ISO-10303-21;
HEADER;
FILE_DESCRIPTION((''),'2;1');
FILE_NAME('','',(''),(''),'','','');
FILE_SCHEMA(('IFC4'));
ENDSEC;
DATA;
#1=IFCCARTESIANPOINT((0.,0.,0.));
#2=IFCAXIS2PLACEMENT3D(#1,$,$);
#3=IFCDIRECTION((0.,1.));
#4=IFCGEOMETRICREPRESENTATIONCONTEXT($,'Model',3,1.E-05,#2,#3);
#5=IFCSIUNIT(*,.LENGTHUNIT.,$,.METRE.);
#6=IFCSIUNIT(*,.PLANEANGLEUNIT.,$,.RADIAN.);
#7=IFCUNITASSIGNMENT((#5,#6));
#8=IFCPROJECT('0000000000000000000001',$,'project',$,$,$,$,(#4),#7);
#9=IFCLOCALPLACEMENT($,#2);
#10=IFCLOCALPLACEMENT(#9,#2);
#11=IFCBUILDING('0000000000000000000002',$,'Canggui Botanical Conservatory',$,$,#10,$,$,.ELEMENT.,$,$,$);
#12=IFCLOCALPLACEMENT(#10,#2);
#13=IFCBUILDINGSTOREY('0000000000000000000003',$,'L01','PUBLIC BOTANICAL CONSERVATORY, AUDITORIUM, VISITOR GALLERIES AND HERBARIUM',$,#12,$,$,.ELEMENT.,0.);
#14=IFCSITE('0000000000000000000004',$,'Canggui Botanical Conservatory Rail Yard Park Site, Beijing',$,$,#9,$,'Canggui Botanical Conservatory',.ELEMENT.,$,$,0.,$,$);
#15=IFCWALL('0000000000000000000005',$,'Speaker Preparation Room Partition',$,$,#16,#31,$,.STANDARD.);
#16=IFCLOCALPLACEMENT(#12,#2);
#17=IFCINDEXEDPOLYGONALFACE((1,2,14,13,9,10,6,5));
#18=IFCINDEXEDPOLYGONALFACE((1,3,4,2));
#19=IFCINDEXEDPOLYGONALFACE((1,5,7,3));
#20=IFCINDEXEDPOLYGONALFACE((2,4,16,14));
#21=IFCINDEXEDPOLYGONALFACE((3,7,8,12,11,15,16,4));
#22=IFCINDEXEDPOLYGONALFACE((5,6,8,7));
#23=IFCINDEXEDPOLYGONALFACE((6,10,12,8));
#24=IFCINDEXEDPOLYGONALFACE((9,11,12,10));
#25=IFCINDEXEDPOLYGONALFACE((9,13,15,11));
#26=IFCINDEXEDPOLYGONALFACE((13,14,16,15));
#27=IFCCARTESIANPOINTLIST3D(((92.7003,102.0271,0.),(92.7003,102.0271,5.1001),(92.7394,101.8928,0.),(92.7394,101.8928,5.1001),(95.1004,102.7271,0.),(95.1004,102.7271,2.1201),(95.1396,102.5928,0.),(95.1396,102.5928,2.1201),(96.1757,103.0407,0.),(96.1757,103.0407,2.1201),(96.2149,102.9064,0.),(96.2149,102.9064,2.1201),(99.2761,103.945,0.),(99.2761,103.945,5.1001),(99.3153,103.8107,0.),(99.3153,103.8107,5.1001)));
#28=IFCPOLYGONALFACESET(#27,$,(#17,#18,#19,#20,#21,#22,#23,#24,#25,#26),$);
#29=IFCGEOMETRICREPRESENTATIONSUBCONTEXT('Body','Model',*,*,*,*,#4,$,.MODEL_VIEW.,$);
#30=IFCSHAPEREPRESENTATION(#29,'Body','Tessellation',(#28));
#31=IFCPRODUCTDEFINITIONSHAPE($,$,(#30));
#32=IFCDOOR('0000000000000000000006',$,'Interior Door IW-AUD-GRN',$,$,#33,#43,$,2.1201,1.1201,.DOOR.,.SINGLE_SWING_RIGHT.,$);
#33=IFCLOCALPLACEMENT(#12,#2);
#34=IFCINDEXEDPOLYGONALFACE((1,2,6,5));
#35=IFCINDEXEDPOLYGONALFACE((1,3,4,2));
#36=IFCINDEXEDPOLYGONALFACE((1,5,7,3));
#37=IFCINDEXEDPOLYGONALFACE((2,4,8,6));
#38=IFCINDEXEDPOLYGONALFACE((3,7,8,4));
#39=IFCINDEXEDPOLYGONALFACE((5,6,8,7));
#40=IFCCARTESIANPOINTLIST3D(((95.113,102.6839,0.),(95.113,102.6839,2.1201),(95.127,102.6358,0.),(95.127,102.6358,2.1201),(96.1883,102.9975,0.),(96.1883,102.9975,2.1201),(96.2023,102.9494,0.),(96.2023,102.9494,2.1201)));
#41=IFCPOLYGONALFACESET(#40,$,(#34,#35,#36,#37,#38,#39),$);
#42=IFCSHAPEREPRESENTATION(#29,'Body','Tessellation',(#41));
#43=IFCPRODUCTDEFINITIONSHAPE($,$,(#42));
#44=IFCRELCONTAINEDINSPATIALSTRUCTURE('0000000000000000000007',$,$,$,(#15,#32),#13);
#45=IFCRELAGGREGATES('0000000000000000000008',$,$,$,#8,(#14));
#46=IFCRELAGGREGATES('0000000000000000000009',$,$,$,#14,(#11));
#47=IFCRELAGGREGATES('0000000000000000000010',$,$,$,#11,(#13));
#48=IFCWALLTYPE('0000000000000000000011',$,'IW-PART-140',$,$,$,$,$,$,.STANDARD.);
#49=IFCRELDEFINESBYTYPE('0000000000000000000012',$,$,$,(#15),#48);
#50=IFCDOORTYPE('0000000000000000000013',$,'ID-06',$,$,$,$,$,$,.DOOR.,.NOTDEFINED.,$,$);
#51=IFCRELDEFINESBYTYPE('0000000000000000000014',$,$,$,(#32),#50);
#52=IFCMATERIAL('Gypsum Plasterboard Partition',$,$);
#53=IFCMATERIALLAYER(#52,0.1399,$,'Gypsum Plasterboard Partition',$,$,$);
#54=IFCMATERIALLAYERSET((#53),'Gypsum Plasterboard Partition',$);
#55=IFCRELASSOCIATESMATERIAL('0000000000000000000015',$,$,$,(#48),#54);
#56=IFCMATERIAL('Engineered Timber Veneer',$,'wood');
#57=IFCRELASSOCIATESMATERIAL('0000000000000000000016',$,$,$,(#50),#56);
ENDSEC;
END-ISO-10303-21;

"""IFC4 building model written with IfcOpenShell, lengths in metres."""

from ifc_helpers import new_model, si_unit, direction, frame, frame_2d, origin, place, context, subcontext, project, spatial, rectangle, extrude, material, layer, layer_set, type_object, element, fill, save


model = new_model("IFC4")

# Units and contexts
model_context = context("Model", 3, precision=1e-05, world=origin(), true_north=direction((0.0, 1.0)))
body_context = subcontext(model_context, "Body", "Model", "MODEL_VIEW")
ifc_project = project(units=[si_unit("LENGTHUNIT", "METRE"), si_unit("PLANEANGLEUNIT", "RADIAN")], contexts=[model_context])

# Site, building, storey
site_placement = place(None, origin())
site = spatial("IfcSite", under=ifc_project, at=site_placement, Name="Canggui Botanical Conservatory Rail Yard Park Site, Beijing", LongName="Canggui Botanical Conservatory", CompositionType="ELEMENT", RefElevation=0.0)
building_placement = place(site_placement, origin())
building = spatial("IfcBuilding", under=site, at=building_placement, Name="Canggui Botanical Conservatory", CompositionType="ELEMENT")
storey_placement = place(building_placement, origin())
storey = spatial("IfcBuildingStorey", under=building, at=storey_placement, Name="L01", Description="PUBLIC BOTANICAL CONSERVATORY, AUDITORIUM, VISITOR GALLERIES AND HERBARIUM", CompositionType="ELEMENT", Elevation=0.0)

# Wall, opening, door
ifc_material_1 = material(Name="Gypsum Plasterboard Partition")
ifc_layer_1 = layer(ifc_material_1, 0.1399, Name="Gypsum Plasterboard Partition")
ifc_layer_set_1 = layer_set([ifc_layer_1], Name="Gypsum Plasterboard Partition")
wall_type_1 = type_object("IfcWallType", Name="IW-PART-140", PredefinedType="STANDARD", material=ifc_layer_set_1)
wall_1_placement = place(storey_placement, frame((92.72, 101.96, 0.0), z_axis=(0.0, 0.0, 1.0), x_axis=(0.96, 0.279999, 0.0)))
wall_1 = element("IfcWall", 1, at=wall_1_placement, inside=storey, type_object=wall_type_1, Name="Speaker Preparation Room Partition", PredefinedType="STANDARD", context=body_context, shape_type="SweptSolid", body=[
    extrude(rectangle(XDim=6.8499, YDim=0.1399, at=frame_2d((3.4248, 0.0))), origin(), (0.0, 0.0, 1.0), 5.1001),
])
opening_placement = place(wall_1_placement, frame((2.5, 0.0, 0.0)))
opening = element("IfcOpeningElement", 2, at=opening_placement, cuts=wall_1, PredefinedType="OPENING", context=body_context, shape_type="SweptSolid", body=[
    extrude(rectangle(XDim=1.1201, YDim=2.1201, at=frame_2d((0.5601, 1.0601))), frame((0.0, 0.0801, 0.0), z_axis=(0.0, -1.0, 0.0), x_axis=(1.0, 0.0, 0.0)), (0.0, 0.0, 1.0), 0.1599),
])
ifc_material_2 = material(Name="Engineered Timber Veneer", Category="wood")
door_type = type_object("IfcDoorType", Name="ID-06", OperationType="NOTDEFINED", PredefinedType="DOOR", material=ifc_material_2)
door_placement = place(opening_placement, origin())
door = element("IfcDoor", 3, at=door_placement, inside=storey, type_object=door_type, Name="Interior Door IW-AUD-GRN", OperationType="SINGLE_SWING_RIGHT", OverallHeight=2.1201, OverallWidth=1.1201, PredefinedType="DOOR", context=body_context, shape_type="SweptSolid", body=[
    extrude(rectangle(XDim=1.1201, YDim=2.1201, at=frame_2d((0.5601, 1.0601))), frame((0.0, 0.0249, 0.0), z_axis=(0.0, -1.0, 0.0), x_axis=(1.0, 0.0, 0.0)), (0.0, 0.0, 1.0), 0.05),
])
fill(opening, door)

save(model, "model.ifc")
